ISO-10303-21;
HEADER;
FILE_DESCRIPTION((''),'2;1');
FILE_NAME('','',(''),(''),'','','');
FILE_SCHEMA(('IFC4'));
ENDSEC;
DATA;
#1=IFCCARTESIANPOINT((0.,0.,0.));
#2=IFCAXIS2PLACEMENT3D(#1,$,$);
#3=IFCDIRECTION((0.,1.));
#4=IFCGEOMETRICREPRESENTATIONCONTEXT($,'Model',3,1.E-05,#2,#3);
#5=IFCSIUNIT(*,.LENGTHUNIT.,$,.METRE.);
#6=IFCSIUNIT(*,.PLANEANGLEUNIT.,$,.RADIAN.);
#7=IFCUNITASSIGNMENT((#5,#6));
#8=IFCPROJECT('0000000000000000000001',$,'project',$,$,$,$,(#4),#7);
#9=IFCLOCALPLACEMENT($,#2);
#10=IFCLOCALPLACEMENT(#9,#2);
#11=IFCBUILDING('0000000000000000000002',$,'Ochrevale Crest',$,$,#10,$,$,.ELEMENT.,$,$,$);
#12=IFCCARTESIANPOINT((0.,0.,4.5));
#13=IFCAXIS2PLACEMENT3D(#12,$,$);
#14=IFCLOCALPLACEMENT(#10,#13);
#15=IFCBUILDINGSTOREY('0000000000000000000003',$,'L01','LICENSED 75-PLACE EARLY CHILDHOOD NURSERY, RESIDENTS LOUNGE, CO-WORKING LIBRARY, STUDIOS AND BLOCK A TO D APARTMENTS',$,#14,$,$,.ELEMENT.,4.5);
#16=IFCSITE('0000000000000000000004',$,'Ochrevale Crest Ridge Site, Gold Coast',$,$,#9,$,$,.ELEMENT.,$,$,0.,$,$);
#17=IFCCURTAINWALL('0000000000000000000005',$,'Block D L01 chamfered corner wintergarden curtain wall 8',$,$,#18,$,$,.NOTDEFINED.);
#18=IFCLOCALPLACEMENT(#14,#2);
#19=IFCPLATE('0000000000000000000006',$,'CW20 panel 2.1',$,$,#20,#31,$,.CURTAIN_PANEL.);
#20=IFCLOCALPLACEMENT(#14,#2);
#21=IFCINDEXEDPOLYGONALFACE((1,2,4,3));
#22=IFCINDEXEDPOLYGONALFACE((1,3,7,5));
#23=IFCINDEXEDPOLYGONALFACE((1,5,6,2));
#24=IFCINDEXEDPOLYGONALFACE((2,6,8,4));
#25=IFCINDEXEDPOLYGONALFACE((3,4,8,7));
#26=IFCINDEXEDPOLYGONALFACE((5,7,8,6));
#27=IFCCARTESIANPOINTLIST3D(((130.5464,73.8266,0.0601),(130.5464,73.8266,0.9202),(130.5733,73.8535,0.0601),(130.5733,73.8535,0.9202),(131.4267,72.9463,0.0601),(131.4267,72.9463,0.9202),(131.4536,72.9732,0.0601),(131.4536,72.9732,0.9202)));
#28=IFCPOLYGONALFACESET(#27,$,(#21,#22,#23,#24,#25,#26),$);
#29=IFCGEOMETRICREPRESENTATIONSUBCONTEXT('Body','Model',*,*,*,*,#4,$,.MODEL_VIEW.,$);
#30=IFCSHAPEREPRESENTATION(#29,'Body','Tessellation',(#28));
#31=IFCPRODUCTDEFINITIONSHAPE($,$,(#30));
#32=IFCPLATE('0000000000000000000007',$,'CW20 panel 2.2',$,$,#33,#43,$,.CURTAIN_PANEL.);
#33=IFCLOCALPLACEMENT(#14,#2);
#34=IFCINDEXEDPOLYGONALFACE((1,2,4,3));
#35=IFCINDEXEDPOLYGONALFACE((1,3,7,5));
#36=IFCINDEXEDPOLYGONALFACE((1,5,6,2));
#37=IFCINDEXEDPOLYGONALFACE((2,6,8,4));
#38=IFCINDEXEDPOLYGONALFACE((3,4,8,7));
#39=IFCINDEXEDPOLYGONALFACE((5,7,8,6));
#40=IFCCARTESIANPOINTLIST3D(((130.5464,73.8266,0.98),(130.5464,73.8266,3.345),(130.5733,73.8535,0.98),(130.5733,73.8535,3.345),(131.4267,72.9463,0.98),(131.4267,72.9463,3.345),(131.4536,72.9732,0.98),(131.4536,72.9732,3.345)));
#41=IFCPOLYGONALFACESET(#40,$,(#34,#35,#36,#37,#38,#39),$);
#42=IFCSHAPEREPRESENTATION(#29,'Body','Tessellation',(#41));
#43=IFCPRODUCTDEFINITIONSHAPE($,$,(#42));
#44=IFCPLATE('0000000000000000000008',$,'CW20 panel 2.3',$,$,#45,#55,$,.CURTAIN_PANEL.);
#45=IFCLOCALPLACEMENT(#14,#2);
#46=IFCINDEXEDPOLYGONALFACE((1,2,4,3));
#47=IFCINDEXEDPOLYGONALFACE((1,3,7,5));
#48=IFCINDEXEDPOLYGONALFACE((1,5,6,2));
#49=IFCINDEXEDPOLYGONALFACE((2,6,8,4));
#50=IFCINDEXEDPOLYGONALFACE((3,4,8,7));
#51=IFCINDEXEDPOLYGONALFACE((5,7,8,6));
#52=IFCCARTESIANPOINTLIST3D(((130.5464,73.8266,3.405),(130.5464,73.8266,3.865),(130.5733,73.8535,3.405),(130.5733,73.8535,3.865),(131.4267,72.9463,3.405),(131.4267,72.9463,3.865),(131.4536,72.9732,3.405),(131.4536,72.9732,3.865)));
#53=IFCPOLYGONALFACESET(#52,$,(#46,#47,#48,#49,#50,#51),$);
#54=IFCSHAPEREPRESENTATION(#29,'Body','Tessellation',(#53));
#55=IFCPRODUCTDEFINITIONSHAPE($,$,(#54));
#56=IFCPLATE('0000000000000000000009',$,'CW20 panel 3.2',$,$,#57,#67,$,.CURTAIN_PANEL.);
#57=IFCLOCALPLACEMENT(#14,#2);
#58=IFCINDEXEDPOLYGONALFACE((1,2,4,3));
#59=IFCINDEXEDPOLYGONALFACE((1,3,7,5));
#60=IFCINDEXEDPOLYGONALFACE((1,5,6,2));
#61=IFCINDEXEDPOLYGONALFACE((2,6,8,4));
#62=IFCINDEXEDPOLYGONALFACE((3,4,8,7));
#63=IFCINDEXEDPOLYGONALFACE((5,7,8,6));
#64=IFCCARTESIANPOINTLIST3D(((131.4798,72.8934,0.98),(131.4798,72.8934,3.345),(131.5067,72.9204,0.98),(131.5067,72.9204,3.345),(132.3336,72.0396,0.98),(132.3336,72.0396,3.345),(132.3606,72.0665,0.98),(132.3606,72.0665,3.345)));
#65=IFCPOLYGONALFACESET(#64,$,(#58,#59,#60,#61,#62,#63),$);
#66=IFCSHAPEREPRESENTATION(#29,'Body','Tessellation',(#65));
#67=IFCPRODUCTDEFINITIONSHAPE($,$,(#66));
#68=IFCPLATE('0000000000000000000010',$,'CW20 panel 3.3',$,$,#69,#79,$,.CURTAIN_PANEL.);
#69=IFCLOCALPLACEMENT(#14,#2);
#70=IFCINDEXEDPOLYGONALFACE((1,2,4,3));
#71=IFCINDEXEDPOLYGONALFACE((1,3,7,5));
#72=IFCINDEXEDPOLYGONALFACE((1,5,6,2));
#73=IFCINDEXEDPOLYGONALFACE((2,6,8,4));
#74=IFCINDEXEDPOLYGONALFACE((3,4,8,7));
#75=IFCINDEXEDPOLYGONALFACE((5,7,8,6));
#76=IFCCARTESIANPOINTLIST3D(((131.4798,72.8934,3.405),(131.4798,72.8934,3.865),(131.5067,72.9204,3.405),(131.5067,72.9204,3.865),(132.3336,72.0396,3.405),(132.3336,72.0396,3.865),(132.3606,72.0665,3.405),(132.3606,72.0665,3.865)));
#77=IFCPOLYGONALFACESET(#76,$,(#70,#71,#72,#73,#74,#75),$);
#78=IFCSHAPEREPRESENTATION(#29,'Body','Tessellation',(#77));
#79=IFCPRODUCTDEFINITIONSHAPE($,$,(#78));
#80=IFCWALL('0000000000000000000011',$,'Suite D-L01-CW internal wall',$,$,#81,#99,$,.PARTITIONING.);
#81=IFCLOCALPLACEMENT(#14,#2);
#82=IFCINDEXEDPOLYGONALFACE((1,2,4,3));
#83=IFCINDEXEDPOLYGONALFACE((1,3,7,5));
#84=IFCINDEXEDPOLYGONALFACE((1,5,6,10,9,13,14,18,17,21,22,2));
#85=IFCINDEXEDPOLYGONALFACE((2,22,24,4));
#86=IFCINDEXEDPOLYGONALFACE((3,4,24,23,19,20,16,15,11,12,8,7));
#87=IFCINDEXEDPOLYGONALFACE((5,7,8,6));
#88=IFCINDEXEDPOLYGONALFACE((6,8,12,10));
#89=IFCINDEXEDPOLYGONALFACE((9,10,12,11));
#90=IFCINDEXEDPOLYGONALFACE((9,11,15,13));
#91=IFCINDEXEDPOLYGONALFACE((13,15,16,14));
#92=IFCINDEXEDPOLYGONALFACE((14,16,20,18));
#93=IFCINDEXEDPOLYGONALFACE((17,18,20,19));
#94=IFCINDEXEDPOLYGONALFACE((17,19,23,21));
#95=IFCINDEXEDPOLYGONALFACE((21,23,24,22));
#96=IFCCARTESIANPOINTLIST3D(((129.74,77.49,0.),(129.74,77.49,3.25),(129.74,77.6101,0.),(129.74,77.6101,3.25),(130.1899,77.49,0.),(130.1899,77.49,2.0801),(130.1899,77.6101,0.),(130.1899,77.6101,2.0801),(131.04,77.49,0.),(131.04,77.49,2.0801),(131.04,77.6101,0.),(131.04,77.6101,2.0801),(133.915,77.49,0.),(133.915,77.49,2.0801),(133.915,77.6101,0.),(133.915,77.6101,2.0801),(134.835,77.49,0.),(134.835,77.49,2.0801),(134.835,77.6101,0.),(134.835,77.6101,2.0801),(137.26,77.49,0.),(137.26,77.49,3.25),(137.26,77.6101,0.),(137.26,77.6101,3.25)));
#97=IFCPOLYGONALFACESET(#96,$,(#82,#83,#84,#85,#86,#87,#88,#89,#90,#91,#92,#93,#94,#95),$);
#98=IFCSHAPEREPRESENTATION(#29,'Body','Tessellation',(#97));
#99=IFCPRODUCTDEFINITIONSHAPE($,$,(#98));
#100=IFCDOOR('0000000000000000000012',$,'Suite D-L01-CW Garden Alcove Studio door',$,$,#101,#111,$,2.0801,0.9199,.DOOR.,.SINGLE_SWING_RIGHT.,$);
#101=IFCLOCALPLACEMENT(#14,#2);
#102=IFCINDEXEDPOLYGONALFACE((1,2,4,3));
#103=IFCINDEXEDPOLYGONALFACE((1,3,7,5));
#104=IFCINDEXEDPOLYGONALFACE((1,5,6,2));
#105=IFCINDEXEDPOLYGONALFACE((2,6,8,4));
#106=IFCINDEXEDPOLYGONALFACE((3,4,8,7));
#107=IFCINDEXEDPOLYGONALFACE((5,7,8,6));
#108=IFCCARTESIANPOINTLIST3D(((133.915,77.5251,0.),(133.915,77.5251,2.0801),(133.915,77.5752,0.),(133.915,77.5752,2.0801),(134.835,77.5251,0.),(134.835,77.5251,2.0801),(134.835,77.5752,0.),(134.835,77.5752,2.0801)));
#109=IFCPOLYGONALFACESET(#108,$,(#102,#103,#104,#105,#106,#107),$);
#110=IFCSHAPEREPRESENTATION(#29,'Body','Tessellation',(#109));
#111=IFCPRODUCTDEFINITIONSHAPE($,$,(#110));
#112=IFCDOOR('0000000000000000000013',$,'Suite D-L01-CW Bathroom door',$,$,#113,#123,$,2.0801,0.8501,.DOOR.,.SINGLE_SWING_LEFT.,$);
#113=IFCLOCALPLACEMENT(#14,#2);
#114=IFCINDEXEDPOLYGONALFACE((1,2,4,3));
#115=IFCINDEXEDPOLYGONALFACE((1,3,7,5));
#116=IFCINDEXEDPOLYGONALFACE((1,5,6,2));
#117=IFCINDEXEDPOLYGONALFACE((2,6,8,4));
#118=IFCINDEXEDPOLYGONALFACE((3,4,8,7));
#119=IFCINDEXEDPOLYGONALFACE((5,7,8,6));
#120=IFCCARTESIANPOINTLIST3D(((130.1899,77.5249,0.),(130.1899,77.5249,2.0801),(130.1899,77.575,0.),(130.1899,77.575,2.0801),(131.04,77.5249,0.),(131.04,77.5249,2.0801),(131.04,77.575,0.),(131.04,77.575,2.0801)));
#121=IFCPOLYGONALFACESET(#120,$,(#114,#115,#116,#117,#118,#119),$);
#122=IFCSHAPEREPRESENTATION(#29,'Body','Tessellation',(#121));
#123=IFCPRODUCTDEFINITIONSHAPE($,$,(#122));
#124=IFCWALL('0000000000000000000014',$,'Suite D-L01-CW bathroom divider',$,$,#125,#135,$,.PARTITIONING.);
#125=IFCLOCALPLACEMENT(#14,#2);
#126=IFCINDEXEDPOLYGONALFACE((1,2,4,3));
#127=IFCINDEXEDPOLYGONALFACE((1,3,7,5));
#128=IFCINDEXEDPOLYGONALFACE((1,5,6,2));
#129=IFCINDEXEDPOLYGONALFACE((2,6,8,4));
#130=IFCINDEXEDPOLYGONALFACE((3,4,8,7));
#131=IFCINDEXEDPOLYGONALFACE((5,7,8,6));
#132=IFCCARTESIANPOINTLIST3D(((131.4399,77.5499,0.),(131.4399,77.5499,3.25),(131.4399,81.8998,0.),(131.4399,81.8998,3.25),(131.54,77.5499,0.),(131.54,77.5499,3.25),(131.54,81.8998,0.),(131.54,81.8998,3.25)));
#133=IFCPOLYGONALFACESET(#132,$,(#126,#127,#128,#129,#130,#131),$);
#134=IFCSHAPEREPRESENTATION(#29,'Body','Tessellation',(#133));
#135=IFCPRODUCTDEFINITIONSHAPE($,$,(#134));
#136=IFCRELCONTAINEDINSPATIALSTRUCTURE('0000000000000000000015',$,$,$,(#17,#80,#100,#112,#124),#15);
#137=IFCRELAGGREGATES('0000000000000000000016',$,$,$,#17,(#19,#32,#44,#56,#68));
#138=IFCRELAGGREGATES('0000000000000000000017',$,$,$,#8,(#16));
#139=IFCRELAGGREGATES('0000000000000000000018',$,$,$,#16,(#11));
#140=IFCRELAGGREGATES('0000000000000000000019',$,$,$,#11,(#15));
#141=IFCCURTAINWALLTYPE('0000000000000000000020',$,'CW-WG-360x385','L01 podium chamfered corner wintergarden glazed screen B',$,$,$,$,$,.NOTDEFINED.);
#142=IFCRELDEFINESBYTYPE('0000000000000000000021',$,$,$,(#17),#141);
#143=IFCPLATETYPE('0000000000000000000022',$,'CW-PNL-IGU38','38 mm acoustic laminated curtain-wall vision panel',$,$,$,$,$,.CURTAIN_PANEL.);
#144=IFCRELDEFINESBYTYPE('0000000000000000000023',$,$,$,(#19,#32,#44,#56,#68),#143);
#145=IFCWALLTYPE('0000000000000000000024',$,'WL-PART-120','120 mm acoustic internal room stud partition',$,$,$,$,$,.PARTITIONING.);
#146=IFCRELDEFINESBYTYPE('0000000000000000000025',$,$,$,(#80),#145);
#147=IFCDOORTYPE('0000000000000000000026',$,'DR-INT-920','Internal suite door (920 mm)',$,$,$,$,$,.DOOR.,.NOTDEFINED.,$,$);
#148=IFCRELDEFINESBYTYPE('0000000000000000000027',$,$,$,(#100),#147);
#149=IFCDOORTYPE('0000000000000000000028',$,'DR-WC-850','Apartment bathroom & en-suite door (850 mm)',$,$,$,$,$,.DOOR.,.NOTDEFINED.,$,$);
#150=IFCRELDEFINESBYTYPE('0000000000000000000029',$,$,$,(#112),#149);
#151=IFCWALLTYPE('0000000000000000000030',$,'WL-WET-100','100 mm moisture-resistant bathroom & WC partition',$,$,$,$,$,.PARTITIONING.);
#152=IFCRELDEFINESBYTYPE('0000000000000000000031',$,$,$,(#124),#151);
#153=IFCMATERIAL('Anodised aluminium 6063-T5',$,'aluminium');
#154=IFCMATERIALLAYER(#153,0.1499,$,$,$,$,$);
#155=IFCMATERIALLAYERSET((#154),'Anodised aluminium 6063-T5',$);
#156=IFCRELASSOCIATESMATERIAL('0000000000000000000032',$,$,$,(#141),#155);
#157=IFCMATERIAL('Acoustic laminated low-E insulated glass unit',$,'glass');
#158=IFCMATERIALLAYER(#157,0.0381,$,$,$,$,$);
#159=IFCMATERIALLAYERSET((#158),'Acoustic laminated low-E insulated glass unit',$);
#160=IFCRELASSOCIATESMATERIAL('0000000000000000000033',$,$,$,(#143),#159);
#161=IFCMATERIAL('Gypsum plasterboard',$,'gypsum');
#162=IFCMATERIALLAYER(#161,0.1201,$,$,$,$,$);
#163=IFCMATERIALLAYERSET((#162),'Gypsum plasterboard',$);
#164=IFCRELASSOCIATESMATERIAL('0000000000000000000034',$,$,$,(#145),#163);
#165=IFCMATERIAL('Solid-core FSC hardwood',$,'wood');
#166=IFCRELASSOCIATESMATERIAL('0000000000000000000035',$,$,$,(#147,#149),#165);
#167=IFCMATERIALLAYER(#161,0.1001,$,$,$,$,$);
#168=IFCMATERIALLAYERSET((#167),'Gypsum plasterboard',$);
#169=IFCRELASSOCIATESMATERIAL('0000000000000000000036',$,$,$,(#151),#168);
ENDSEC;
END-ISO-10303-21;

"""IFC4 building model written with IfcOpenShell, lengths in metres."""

from ifc_helpers import new_model, si_unit, direction, frame, frame_2d, origin, origin_2d, place, context, subcontext, project, spatial, rectangle, extrude, material, layer, layer_set, type_object, element, fill, aggregate, save


model = new_model("IFC4")

# Units and contexts
model_context = context("Model", 3, precision=1e-05, world=origin(), true_north=direction((0.0, 1.0)))
body_context = subcontext(model_context, "Body", "Model", "MODEL_VIEW")
ifc_project = project(units=[si_unit("LENGTHUNIT", "METRE"), si_unit("PLANEANGLEUNIT", "RADIAN")], contexts=[model_context])

# Site, building, storey
site_placement = place(None, origin())
site = spatial("IfcSite", under=ifc_project, at=site_placement, Name="Ochrevale Crest Ridge Site, Gold Coast", CompositionType="ELEMENT", RefElevation=0.0)
building_placement = place(site_placement, origin())
building = spatial("IfcBuilding", under=site, at=building_placement, Name="Ochrevale Crest", CompositionType="ELEMENT")
storey_placement = place(building_placement, frame((0.0, 0.0, 4.5)))
storey = spatial("IfcBuildingStorey", under=building, at=storey_placement, Name="L01", Description="LICENSED 75-PLACE EARLY CHILDHOOD NURSERY, RESIDENTS LOUNGE, CO-WORKING LIBRARY, STUDIOS AND BLOCK A TO D APARTMENTS", CompositionType="ELEMENT", Elevation=4.5)

# Curtain wall, plates
ifc_material_1 = material(Name="Anodised aluminium 6063-T5", Category="aluminium")
ifc_layer_1 = layer(ifc_material_1, 0.1499)
ifc_layer_set_1 = layer_set([ifc_layer_1], Name="Anodised aluminium 6063-T5")
curtain_wall_type = type_object("IfcCurtainWallType", Name="CW-WG-360x385", Description="L01 podium chamfered corner wintergarden glazed screen B", PredefinedType="NOTDEFINED", material=ifc_layer_set_1)
curtain_wall_placement = place(storey_placement, origin())
curtain_wall = element("IfcCurtainWall", 1, at=curtain_wall_placement, inside=storey, type_object=curtain_wall_type, Name="Block D L01 chamfered corner wintergarden curtain wall 8", PredefinedType="NOTDEFINED")
ifc_material_2 = material(Name="Acoustic laminated low-E insulated glass unit", Category="glass")
ifc_layer_2 = layer(ifc_material_2, 0.0381)
ifc_layer_set_2 = layer_set([ifc_layer_2], Name="Acoustic laminated low-E insulated glass unit")
plate_type = type_object("IfcPlateType", Name="CW-PNL-IGU38", Description="38 mm acoustic laminated curtain-wall vision panel", PredefinedType="CURTAIN_PANEL", material=ifc_layer_set_2)
plate_1_placement = place(storey_placement, frame((131.0, 73.3999, 0.0601), z_axis=(0.0, 0.0, 1.0), x_axis=(0.707107, -0.707107, 0.0)))
plate_1 = element("IfcPlate", 2, at=plate_1_placement, type_object=plate_type, Name="CW20 panel 2.1", PredefinedType="CURTAIN_PANEL", context=body_context, shape_type="SweptSolid", body=[
    extrude(rectangle(XDim=1.2449, YDim=0.0381, at=origin_2d()), origin(), (0.0, 0.0, 1.0), 0.8601),
])
plate_2_placement = place(storey_placement, frame((131.0, 73.3999, 0.98), z_axis=(0.0, 0.0, 1.0), x_axis=(0.707107, -0.707107, 0.0)))
plate_2 = element("IfcPlate", 3, at=plate_2_placement, type_object=plate_type, Name="CW20 panel 2.2", PredefinedType="CURTAIN_PANEL", context=body_context, shape_type="SweptSolid", body=[
    extrude(rectangle(XDim=1.2449, YDim=0.0381, at=origin_2d()), origin(), (0.0, 0.0, 1.0), 2.365),
])
plate_3_placement = place(storey_placement, frame((131.0, 73.3999, 3.405), z_axis=(0.0, 0.0, 1.0), x_axis=(0.707107, -0.707107, 0.0)))
plate_3 = element("IfcPlate", 4, at=plate_3_placement, type_object=plate_type, Name="CW20 panel 2.3", PredefinedType="CURTAIN_PANEL", context=body_context, shape_type="SweptSolid", body=[
    extrude(rectangle(XDim=1.2449, YDim=0.0381, at=origin_2d()), origin(), (0.0, 0.0, 1.0), 0.46),
])
plate_4_placement = place(storey_placement, frame((131.9202, 72.48, 0.98), z_axis=(0.0, 0.0, 1.0), x_axis=(0.707107, -0.707107, 0.0)))
plate_4 = element("IfcPlate", 5, at=plate_4_placement, type_object=plate_type, Name="CW20 panel 3.2", PredefinedType="CURTAIN_PANEL", context=body_context, shape_type="SweptSolid", body=[
    extrude(rectangle(XDim=1.2075, YDim=0.0381, at=origin_2d()), origin(), (0.0, 0.0, 1.0), 2.365),
])
plate_5_placement = place(storey_placement, frame((131.9202, 72.48, 3.405), z_axis=(0.0, 0.0, 1.0), x_axis=(0.707107, -0.707107, 0.0)))
plate_5 = element("IfcPlate", 6, at=plate_5_placement, type_object=plate_type, Name="CW20 panel 3.3", PredefinedType="CURTAIN_PANEL", context=body_context, shape_type="SweptSolid", body=[
    extrude(rectangle(XDim=1.2075, YDim=0.0381, at=origin_2d()), origin(), (0.0, 0.0, 1.0), 0.46),
])
aggregate(curtain_wall, [plate_1, plate_2, plate_3, plate_4, plate_5])

# Wall, openings, doors
ifc_material_3 = material(Name="Gypsum plasterboard", Category="gypsum")
ifc_layer_3 = layer(ifc_material_3, 0.1201)
ifc_layer_set_3 = layer_set([ifc_layer_3], Name="Gypsum plasterboard")
wall_type_1 = type_object("IfcWallType", Name="WL-PART-120", Description="120 mm acoustic internal room stud partition", PredefinedType="PARTITIONING", material=ifc_layer_set_3)
wall_1_placement = place(storey_placement, frame((129.74, 77.55, 0.0), z_axis=(0.0, 0.0, 1.0), x_axis=(1.0, 0.0, 0.0)))
wall_1 = element("IfcWall", 7, at=wall_1_placement, inside=storey, type_object=wall_type_1, Name="Suite D-L01-CW internal wall", PredefinedType="PARTITIONING", context=body_context, shape_type="SweptSolid", body=[
    extrude(rectangle(XDim=7.52, YDim=0.1201, at=frame_2d((3.76, 0.0))), origin(), (0.0, 0.0, 1.0), 3.25),
])
opening_1_placement = place(wall_1_placement, frame((0.45, 0.0, 0.0)))
opening_1 = element("IfcOpeningElement", 8, at=opening_1_placement, cuts=wall_1, PredefinedType="OPENING", context=body_context, shape_type="SweptSolid", body=[
    extrude(rectangle(XDim=0.8501, YDim=2.0801, at=frame_2d((0.425, 1.04))), frame((0.0, 0.0701, 0.0), z_axis=(0.0, -1.0, 0.0), x_axis=(1.0, 0.0, 0.0)), (0.0, 0.0, 1.0), 0.1401),
])
opening_2_placement = place(wall_1_placement, frame((5.095, 0.0, 0.0), z_axis=(0.0, 0.0, 1.0), x_axis=(-1.0, 0.0, 0.0)))
opening_2 = element("IfcOpeningElement", 9, at=opening_2_placement, cuts=wall_1, PredefinedType="OPENING", context=body_context, shape_type="SweptSolid", body=[
    extrude(rectangle(XDim=0.9199, YDim=2.0801, at=frame_2d((0.46, 1.04))), frame((0.0, 0.0701, 0.0), z_axis=(0.0, -1.0, 0.0), x_axis=(1.0, 0.0, 0.0)), (0.0, 0.0, 1.0), 0.1401),
])
ifc_material_4 = material(Name="Solid-core FSC hardwood", Category="wood")
door_type_1 = type_object("IfcDoorType", Name="DR-INT-920", Description="Internal suite door (920 mm)", OperationType="NOTDEFINED", PredefinedType="DOOR", material=ifc_material_4)
door_1_placement = place(opening_2_placement, origin())
door_1 = element("IfcDoor", 10, at=door_1_placement, inside=storey, type_object=door_type_1, Name="Suite D-L01-CW Garden Alcove Studio door", OperationType="SINGLE_SWING_RIGHT", OverallHeight=2.0801, OverallWidth=0.9199, PredefinedType="DOOR", context=body_context, shape_type="SweptSolid", body=[
    extrude(rectangle(XDim=0.9199, YDim=2.0801, at=frame_2d((0.46, 1.04))), frame((0.0, 0.0249, 0.0), z_axis=(0.0, -1.0, 0.0), x_axis=(1.0, 0.0, 0.0)), (0.0, 0.0, 1.0), 0.05),
])
fill(opening_2, door_1)
door_type_2 = type_object("IfcDoorType", Name="DR-WC-850", Description="Apartment bathroom & en-suite door (850 mm)", OperationType="NOTDEFINED", PredefinedType="DOOR", material=ifc_material_4)
door_2_placement = place(opening_1_placement, origin())
door_2 = element("IfcDoor", 11, at=door_2_placement, inside=storey, type_object=door_type_2, Name="Suite D-L01-CW Bathroom door", OperationType="SINGLE_SWING_LEFT", OverallHeight=2.0801, OverallWidth=0.8501, PredefinedType="DOOR", context=body_context, shape_type="SweptSolid", body=[
    extrude(rectangle(XDim=0.8501, YDim=2.0801, at=frame_2d((0.425, 1.04))), frame((0.0, 0.0249, 0.0), z_axis=(0.0, -1.0, 0.0), x_axis=(1.0, 0.0, 0.0)), (0.0, 0.0, 1.0), 0.05),
])
fill(opening_1, door_2)

# Wall
ifc_layer_4 = layer(ifc_material_3, 0.1001)
ifc_layer_set_4 = layer_set([ifc_layer_4], Name="Gypsum plasterboard")
wall_type_2 = type_object("IfcWallType", Name="WL-WET-100", Description="100 mm moisture-resistant bathroom & WC partition", PredefinedType="PARTITIONING", material=ifc_layer_set_4)
wall_2_placement = place(storey_placement, frame((131.49, 77.55, 0.0), z_axis=(0.0, 0.0, 1.0), x_axis=(0.0, 1.0, 0.0)))
element("IfcWall", 12, at=wall_2_placement, inside=storey, type_object=wall_type_2, Name="Suite D-L01-CW bathroom divider", PredefinedType="PARTITIONING", context=body_context, shape_type="SweptSolid", body=[
    extrude(rectangle(XDim=4.3499, YDim=0.1001, at=frame_2d((2.1748, 0.0))), origin(), (0.0, 0.0, 1.0), 3.25),
])

save(model, "model.ifc")
